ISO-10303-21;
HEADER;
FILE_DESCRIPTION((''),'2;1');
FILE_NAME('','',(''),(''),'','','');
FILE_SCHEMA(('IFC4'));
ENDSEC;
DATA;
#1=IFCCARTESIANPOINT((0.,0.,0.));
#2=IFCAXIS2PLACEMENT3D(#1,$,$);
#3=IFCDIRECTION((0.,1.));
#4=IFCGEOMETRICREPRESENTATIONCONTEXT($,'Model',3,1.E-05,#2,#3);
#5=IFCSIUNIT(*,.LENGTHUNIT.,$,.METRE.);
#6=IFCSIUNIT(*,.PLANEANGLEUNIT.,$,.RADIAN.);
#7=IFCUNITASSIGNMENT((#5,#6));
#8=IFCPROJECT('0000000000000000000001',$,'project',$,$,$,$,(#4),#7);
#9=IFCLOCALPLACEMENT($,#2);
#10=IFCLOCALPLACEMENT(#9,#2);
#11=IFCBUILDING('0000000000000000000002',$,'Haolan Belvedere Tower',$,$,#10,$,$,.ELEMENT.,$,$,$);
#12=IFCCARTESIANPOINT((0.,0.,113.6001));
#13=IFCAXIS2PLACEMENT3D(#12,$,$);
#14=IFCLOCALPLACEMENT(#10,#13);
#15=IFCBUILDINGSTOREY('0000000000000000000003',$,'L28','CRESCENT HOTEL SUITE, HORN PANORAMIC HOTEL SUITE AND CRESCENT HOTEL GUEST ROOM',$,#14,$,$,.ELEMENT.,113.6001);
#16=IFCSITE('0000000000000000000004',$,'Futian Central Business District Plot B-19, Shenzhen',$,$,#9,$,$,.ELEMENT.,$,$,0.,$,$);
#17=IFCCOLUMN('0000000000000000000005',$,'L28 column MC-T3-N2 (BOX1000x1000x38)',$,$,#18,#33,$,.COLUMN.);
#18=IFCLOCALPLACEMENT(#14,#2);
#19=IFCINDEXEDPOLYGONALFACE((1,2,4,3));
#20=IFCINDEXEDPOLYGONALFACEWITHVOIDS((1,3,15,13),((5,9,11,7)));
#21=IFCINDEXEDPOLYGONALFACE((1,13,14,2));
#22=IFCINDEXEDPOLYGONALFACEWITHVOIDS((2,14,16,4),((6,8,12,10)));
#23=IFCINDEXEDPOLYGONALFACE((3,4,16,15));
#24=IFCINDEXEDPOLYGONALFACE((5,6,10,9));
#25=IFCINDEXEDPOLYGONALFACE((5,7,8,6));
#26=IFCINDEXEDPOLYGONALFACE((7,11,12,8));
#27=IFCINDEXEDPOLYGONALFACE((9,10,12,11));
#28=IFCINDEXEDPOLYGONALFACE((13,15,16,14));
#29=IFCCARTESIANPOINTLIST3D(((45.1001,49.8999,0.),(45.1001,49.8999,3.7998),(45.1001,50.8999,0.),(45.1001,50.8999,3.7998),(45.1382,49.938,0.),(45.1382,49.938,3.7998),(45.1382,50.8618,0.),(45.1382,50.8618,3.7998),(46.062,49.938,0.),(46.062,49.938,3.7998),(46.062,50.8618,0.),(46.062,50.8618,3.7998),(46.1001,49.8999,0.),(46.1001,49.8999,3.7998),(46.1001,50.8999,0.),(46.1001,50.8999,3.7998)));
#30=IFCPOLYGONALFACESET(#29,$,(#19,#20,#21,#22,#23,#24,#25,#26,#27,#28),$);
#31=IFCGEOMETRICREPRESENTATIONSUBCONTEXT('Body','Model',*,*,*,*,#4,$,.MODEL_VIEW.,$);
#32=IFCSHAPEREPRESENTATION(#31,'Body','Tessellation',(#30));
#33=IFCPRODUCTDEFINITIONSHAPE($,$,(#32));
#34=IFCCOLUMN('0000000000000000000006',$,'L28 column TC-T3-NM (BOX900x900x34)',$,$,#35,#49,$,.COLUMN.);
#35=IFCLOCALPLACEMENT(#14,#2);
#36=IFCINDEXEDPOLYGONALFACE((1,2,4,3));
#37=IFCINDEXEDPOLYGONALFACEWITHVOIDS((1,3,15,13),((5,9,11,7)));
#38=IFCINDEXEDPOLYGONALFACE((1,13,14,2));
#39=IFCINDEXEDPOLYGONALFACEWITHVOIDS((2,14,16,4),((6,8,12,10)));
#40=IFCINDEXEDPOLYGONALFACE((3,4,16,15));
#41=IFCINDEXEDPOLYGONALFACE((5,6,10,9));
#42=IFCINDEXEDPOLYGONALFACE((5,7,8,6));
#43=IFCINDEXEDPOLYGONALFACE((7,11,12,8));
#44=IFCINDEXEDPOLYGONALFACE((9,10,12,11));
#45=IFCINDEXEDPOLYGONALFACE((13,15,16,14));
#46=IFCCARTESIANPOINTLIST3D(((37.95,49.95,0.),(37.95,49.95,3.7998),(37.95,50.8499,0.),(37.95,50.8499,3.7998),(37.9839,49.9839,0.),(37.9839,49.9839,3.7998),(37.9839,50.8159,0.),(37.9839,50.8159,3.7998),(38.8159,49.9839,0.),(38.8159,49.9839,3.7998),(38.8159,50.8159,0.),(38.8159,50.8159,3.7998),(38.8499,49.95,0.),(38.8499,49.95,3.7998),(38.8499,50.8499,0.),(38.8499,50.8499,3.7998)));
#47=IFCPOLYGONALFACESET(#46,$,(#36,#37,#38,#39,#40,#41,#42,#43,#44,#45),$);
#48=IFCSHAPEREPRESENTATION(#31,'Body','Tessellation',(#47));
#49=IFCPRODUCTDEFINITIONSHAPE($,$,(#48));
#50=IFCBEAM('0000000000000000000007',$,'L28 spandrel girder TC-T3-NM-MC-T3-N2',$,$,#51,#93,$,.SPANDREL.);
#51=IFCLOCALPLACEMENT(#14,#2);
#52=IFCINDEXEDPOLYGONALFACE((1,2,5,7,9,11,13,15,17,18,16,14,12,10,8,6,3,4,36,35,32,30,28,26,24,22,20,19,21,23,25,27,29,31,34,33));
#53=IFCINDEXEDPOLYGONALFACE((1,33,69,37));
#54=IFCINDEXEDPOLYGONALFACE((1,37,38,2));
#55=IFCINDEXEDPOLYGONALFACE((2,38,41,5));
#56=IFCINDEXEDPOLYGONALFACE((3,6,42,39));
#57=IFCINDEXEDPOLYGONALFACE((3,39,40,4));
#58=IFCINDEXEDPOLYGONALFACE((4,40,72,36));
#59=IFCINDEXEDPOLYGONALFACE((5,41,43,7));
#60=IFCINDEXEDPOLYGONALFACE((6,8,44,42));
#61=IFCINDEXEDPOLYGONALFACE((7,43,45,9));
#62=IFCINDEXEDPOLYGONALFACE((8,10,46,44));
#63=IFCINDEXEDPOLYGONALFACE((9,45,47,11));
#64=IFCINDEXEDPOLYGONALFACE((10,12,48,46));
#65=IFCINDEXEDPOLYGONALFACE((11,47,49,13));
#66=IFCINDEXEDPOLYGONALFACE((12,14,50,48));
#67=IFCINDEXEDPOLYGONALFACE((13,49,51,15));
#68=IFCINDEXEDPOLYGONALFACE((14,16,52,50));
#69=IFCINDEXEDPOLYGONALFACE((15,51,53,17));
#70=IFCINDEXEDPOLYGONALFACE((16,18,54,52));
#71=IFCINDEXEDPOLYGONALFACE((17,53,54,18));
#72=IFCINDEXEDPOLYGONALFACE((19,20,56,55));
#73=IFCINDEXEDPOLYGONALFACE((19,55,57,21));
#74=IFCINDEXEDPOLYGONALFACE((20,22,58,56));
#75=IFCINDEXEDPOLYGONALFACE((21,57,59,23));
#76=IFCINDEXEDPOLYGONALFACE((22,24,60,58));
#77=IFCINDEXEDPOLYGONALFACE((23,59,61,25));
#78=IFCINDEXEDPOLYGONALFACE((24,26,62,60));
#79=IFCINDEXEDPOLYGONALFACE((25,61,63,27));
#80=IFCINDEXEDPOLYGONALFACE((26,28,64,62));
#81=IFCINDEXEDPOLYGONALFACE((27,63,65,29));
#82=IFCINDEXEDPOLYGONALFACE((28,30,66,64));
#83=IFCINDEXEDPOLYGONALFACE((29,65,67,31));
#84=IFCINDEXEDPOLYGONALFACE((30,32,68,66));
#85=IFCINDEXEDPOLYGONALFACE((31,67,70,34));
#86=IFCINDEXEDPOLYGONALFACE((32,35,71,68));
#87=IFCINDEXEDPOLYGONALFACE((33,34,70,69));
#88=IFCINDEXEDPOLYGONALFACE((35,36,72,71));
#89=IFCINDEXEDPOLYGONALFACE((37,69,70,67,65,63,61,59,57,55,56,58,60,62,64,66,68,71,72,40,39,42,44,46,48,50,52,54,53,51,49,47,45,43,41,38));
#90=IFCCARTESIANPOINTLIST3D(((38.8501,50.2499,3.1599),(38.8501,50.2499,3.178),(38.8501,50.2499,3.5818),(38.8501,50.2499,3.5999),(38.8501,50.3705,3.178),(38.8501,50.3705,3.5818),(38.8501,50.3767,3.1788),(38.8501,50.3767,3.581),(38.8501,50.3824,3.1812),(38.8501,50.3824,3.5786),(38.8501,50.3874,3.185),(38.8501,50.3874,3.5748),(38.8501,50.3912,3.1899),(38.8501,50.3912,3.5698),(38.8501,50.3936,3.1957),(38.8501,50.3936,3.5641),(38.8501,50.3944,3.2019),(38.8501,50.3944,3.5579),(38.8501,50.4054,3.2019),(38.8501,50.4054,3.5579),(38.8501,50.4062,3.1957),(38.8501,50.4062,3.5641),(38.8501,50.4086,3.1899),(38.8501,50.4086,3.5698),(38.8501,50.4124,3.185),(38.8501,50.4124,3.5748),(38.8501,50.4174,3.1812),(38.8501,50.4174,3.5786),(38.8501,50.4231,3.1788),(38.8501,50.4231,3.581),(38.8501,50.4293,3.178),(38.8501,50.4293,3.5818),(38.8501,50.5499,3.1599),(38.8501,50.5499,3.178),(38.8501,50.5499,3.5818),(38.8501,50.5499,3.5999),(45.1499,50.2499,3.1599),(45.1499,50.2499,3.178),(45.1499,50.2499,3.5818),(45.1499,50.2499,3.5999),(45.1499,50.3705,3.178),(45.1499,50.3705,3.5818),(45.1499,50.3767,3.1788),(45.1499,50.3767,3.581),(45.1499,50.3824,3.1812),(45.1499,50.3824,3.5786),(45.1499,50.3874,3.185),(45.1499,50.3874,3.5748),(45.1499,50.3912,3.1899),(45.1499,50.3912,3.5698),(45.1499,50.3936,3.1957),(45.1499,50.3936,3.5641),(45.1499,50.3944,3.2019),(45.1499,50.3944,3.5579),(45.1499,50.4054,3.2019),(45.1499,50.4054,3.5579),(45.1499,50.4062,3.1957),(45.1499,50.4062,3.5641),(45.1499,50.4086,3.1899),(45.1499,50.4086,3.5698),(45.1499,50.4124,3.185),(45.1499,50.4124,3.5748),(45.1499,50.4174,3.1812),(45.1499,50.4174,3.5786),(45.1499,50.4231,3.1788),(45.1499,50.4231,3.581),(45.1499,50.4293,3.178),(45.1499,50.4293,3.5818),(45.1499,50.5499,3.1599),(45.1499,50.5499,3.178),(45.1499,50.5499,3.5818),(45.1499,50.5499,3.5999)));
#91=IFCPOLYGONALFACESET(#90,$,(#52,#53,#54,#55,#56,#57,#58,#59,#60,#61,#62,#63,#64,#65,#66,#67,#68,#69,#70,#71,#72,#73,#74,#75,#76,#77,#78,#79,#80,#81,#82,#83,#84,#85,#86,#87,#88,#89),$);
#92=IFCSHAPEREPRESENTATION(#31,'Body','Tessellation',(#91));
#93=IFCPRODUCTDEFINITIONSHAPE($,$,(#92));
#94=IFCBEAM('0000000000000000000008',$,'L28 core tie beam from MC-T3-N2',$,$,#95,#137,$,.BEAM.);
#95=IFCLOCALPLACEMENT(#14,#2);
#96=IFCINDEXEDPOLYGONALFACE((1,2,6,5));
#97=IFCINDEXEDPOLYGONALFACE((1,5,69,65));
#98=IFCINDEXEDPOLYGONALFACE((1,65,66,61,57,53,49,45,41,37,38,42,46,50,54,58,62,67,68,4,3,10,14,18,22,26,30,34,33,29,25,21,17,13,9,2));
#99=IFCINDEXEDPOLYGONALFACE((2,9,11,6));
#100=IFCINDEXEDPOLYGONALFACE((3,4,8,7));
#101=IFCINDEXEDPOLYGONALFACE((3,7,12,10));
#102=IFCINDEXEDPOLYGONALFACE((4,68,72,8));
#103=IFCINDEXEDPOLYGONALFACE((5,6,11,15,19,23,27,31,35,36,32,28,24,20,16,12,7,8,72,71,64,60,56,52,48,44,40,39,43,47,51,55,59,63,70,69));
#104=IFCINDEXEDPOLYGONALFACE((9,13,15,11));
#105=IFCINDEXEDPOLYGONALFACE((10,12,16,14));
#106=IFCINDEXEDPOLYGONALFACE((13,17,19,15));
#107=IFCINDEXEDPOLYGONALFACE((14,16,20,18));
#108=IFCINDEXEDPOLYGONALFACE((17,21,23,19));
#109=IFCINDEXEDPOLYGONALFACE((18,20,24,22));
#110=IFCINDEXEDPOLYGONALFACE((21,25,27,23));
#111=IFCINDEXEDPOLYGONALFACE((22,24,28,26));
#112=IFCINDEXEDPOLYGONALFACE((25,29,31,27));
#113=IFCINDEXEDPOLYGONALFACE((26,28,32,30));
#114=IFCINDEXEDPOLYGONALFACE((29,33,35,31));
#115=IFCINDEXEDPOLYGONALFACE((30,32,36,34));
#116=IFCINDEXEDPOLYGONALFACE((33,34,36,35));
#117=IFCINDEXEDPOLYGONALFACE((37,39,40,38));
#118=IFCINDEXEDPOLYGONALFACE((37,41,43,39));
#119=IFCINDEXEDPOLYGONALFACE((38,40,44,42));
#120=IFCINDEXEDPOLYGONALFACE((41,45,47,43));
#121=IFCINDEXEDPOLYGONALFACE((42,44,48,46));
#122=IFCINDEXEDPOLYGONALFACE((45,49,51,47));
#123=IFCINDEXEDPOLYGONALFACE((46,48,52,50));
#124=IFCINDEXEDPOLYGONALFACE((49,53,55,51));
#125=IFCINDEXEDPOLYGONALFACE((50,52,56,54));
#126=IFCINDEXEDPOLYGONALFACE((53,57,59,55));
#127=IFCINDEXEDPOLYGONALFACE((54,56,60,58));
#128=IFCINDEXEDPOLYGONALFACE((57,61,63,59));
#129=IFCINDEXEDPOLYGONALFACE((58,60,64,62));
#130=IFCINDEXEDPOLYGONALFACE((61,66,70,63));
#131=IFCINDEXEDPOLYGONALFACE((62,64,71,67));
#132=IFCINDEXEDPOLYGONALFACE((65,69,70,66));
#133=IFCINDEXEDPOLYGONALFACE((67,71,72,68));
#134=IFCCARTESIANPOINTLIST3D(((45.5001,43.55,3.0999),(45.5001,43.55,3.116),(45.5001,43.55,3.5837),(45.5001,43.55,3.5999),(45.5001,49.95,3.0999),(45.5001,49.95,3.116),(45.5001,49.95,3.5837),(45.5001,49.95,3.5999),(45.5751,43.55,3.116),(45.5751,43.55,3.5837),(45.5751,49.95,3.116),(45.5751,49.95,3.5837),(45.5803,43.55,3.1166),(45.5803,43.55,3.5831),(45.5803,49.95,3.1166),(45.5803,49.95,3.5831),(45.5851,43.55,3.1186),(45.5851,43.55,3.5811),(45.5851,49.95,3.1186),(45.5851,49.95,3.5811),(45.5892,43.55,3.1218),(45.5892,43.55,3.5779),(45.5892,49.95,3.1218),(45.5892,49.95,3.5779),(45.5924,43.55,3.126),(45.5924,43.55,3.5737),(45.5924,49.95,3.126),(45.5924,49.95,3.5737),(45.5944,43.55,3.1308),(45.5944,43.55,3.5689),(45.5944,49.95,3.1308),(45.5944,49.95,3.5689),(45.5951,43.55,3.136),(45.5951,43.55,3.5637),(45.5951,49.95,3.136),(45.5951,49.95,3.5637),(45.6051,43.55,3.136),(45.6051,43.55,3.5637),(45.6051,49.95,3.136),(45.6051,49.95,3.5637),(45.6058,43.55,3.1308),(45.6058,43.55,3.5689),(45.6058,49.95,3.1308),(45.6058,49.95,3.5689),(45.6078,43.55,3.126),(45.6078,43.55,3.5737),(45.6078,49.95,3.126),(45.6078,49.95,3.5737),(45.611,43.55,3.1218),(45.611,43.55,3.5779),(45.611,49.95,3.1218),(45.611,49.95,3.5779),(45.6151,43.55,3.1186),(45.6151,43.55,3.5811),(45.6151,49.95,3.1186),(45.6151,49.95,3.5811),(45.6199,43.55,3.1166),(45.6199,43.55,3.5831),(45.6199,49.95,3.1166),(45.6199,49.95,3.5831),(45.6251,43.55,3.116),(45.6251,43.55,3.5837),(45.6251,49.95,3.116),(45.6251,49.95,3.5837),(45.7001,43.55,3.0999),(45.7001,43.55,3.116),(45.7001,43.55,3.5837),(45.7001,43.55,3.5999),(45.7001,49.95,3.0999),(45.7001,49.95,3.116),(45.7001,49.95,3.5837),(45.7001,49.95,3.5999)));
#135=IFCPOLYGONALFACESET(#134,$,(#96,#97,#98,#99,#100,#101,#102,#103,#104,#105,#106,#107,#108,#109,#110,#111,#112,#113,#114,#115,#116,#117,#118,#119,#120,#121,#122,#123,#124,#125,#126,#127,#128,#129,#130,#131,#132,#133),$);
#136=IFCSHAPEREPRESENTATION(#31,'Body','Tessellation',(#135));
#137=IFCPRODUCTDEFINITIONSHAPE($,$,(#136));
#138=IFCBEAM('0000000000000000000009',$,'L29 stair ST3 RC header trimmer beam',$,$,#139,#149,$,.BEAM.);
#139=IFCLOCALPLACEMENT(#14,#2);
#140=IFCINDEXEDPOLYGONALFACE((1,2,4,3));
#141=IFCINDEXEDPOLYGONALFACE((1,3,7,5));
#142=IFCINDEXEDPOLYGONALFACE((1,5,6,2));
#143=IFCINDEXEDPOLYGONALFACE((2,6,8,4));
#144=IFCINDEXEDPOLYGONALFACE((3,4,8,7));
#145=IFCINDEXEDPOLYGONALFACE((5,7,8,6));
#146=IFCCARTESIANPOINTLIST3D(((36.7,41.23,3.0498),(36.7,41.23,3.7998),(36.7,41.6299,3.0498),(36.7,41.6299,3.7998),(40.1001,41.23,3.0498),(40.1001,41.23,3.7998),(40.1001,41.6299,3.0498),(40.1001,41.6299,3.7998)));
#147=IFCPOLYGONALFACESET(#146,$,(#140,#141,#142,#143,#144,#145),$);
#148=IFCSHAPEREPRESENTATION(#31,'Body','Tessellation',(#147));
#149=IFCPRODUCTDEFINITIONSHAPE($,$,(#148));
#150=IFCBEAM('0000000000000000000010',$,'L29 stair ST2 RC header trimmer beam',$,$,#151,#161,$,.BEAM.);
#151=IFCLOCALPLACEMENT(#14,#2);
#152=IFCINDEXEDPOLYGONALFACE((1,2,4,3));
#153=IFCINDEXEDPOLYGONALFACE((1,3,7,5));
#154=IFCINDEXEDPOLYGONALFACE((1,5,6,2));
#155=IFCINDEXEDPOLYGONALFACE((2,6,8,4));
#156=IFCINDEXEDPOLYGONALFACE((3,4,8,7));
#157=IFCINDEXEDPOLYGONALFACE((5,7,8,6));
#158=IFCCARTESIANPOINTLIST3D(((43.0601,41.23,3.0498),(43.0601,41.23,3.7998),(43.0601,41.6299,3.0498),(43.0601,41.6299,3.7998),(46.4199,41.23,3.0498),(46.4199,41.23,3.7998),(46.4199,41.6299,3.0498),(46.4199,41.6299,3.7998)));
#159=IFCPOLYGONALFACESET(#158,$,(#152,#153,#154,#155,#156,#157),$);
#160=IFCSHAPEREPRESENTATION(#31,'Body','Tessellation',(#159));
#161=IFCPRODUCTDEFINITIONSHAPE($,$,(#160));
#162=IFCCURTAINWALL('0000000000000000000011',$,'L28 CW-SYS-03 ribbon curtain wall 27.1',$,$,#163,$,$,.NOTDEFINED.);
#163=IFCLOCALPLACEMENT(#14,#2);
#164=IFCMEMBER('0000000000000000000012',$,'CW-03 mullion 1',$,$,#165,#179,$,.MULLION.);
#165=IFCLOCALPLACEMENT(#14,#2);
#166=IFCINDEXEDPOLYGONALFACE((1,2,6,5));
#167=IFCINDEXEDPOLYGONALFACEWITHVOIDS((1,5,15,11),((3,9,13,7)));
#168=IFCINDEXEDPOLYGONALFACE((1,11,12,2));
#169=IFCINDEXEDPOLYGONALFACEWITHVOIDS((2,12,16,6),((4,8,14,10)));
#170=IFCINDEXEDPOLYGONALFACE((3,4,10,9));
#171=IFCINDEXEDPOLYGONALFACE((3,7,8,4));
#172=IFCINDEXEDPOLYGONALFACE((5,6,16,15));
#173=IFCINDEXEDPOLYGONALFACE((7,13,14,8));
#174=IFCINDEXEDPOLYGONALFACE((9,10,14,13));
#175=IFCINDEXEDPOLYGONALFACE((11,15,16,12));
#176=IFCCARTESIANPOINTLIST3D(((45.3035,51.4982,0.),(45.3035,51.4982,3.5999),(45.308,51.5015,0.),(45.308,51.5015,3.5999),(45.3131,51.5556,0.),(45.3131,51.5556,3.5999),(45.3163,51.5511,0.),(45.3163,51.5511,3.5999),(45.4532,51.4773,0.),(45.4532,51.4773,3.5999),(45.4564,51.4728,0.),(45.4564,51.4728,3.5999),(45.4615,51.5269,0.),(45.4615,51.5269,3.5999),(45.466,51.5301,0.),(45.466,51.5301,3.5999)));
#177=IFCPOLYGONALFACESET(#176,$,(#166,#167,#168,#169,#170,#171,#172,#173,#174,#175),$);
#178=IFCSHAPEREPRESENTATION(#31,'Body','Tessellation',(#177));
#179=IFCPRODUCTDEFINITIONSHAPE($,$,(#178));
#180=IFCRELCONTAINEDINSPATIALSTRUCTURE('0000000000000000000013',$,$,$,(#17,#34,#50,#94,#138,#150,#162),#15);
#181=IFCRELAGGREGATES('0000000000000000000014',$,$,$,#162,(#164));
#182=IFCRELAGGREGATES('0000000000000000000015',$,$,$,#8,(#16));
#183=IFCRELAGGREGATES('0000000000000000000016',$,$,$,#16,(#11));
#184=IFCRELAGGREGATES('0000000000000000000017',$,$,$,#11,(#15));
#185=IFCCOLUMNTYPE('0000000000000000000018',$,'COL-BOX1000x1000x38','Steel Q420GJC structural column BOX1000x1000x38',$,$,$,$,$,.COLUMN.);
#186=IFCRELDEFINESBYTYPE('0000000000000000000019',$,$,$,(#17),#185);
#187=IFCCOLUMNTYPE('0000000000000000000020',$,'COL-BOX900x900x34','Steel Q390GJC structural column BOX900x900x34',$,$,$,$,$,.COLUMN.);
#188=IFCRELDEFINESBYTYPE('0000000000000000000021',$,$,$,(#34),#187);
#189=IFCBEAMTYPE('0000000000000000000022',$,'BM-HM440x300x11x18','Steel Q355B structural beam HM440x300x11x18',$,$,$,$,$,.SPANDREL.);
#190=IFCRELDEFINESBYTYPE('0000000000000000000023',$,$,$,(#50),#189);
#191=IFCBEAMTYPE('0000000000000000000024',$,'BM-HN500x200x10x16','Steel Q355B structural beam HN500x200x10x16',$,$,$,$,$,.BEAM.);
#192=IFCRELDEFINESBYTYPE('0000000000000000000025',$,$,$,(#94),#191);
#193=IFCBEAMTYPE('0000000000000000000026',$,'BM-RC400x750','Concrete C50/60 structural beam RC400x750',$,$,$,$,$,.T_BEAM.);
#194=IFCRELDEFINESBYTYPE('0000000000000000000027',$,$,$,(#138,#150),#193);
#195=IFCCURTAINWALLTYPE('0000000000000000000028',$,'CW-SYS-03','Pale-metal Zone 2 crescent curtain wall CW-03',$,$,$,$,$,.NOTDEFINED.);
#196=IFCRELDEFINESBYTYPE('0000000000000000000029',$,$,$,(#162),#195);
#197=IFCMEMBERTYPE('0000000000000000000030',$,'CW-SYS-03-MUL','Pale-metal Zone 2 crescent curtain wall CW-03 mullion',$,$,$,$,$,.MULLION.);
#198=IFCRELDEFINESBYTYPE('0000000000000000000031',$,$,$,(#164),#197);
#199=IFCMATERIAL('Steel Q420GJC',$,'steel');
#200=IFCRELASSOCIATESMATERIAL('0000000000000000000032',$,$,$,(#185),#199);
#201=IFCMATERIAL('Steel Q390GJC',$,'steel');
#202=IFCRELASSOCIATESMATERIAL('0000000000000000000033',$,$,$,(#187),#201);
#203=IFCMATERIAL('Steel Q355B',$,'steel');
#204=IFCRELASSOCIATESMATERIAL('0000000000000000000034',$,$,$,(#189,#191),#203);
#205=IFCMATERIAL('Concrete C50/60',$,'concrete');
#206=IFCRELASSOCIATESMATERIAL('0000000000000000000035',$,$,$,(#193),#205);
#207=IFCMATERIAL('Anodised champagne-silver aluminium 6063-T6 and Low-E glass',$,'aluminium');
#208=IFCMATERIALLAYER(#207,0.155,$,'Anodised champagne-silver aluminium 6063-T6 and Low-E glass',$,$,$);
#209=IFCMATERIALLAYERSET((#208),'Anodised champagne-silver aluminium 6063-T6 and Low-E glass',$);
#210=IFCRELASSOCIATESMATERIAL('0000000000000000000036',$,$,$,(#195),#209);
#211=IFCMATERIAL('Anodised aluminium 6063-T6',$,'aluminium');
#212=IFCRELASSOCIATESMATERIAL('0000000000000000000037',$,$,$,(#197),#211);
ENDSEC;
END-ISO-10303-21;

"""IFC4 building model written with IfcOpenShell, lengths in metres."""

from ifc_helpers import new_model, si_unit, direction, frame, origin, origin_2d, place, context, subcontext, project, spatial, rectangle, hollow_rectangle, i_section, extrude, material, layer, layer_set, material_profile, profile_set, type_object, element, aggregate, save


model = new_model("IFC4")

# Units and contexts
model_context = context("Model", 3, precision=1e-05, world=origin(), true_north=direction((0.0, 1.0)))
body_context = subcontext(model_context, "Body", "Model", "MODEL_VIEW")
ifc_project = project(units=[si_unit("LENGTHUNIT", "METRE"), si_unit("PLANEANGLEUNIT", "RADIAN")], contexts=[model_context])

# Site, building, storey
site_placement = place(None, origin())
site = spatial("IfcSite", under=ifc_project, at=site_placement, Name="Futian Central Business District Plot B-19, Shenzhen", CompositionType="ELEMENT", RefElevation=0.0)
building_placement = place(site_placement, origin())
building = spatial("IfcBuilding", under=site, at=building_placement, Name="Haolan Belvedere Tower", CompositionType="ELEMENT")
storey_placement = place(building_placement, frame((0.0, 0.0, 113.6001)))
storey = spatial("IfcBuildingStorey", under=building, at=storey_placement, Name="L28", Description="CRESCENT HOTEL SUITE, HORN PANORAMIC HOTEL SUITE AND CRESCENT HOTEL GUEST ROOM", CompositionType="ELEMENT", Elevation=113.6001)

# Columns
ifc_material_1 = material(Name="Steel Q420GJC", Category="steel")
ifc_material_profile_1 = material_profile(ifc_material_1, hollow_rectangle(XDim=1.0, YDim=1.0, WallThickness=0.0381, at=origin_2d()), Name="Steel Q420GJC")
ifc_profile_set_1 = profile_set([ifc_material_profile_1], Name="Steel Q420GJC")
column_type_1 = type_object("IfcColumnType", Name="COL-BOX1000x1000x38", Description="Steel Q420GJC structural column BOX1000x1000x38", PredefinedType="COLUMN", material=ifc_profile_set_1)
column_1_placement = place(storey_placement, frame((45.6001, 50.3999, 0.0), z_axis=(0.0, 0.0, 1.0), x_axis=(1.0, 0.0, 0.0)))
element("IfcColumn", 1, at=column_1_placement, inside=storey, type_object=column_type_1, Name="L28 column MC-T3-N2 (BOX1000x1000x38)", PredefinedType="COLUMN", context=body_context, shape_type="SweptSolid", body=[
    extrude(hollow_rectangle(XDim=1.0, YDim=1.0, WallThickness=0.0381, at=origin_2d()), origin(), (0.0, 0.0, 1.0), 3.7998),
])
ifc_material_2 = material(Name="Steel Q390GJC", Category="steel")
ifc_material_profile_2 = material_profile(ifc_material_2, hollow_rectangle(XDim=0.8999, YDim=0.8999, WallThickness=0.0339, at=origin_2d()), Name="Steel Q390GJC")
ifc_profile_set_2 = profile_set([ifc_material_profile_2], Name="Steel Q390GJC")
column_type_2 = type_object("IfcColumnType", Name="COL-BOX900x900x34", Description="Steel Q390GJC structural column BOX900x900x34", PredefinedType="COLUMN", material=ifc_profile_set_2)
column_2_placement = place(storey_placement, frame((38.3999, 50.3999, 0.0), z_axis=(0.0, 0.0, 1.0), x_axis=(1.0, 0.0, 0.0)))
element("IfcColumn", 2, at=column_2_placement, inside=storey, type_object=column_type_2, Name="L28 column TC-T3-NM (BOX900x900x34)", PredefinedType="COLUMN", context=body_context, shape_type="SweptSolid", body=[
    extrude(hollow_rectangle(XDim=0.8999, YDim=0.8999, WallThickness=0.0339, at=origin_2d()), origin(), (0.0, 0.0, 1.0), 3.7998),
])

# Beams
ifc_material_3 = material(Name="Steel Q355B", Category="steel")
ifc_material_profile_3 = material_profile(ifc_material_3, i_section(OverallWidth=0.3, OverallDepth=0.4399, WebThickness=0.011, FlangeThickness=0.0181, FilletRadius=0.0239, at=origin_2d()), Name="Steel Q355B")
ifc_profile_set_3 = profile_set([ifc_material_profile_3], Name="Steel Q355B")
beam_type_1 = type_object("IfcBeamType", Name="BM-HM440x300x11x18", Description="Steel Q355B structural beam HM440x300x11x18", PredefinedType="SPANDREL", material=ifc_profile_set_3)
beam_1_placement = place(storey_placement, frame((38.8501, 50.3999, 3.3799), z_axis=(1.0, 0.0, 0.0), x_axis=(0.0, 1.0, 0.0)))
element("IfcBeam", 3, at=beam_1_placement, inside=storey, type_object=beam_type_1, Name="L28 spandrel girder TC-T3-NM-MC-T3-N2", PredefinedType="SPANDREL", context=body_context, shape_type="SweptSolid", body=[
    extrude(i_section(OverallWidth=0.3, OverallDepth=0.4399, WebThickness=0.011, FlangeThickness=0.0181, FilletRadius=0.0239, at=origin_2d()), origin(), (0.0, 0.0, 1.0), 6.2998),
])
ifc_material_profile_4 = material_profile(ifc_material_3, i_section(OverallWidth=0.2, OverallDepth=0.5, WebThickness=0.01, FlangeThickness=0.0161, FilletRadius=0.02, at=origin_2d()), Name="Steel Q355B")
ifc_profile_set_4 = profile_set([ifc_material_profile_4], Name="Steel Q355B")
beam_type_2 = type_object("IfcBeamType", Name="BM-HN500x200x10x16", Description="Steel Q355B structural beam HN500x200x10x16", PredefinedType="BEAM", material=ifc_profile_set_4)
beam_2_placement = place(storey_placement, frame((45.6001, 49.95, 3.3499), z_axis=(0.0, -1.0, 0.0), x_axis=(1.0, 0.0, 0.0)))
element("IfcBeam", 4, at=beam_2_placement, inside=storey, type_object=beam_type_2, Name="L28 core tie beam from MC-T3-N2", PredefinedType="BEAM", context=body_context, shape_type="SweptSolid", body=[
    extrude(i_section(OverallWidth=0.2, OverallDepth=0.5, WebThickness=0.01, FlangeThickness=0.0161, FilletRadius=0.02, at=origin_2d()), origin(), (0.0, 0.0, 1.0), 6.3999),
])
ifc_material_4 = material(Name="Concrete C50/60", Category="concrete")
ifc_material_profile_5 = material_profile(ifc_material_4, rectangle(XDim=0.3999, YDim=0.75, at=origin_2d()), Name="Concrete C50/60")
ifc_profile_set_5 = profile_set([ifc_material_profile_5], Name="Concrete C50/60")
beam_type_3 = type_object("IfcBeamType", Name="BM-RC400x750", Description="Concrete C50/60 structural beam RC400x750", PredefinedType="T_BEAM", material=ifc_profile_set_5)
beam_3_placement = place(storey_placement, frame((36.7, 41.4299, 3.4248), z_axis=(1.0, 0.0, 0.0), x_axis=(0.0, 1.0, 0.0)))
element("IfcBeam", 5, at=beam_3_placement, inside=storey, type_object=beam_type_3, Name="L29 stair ST3 RC header trimmer beam", PredefinedType="BEAM", context=body_context, shape_type="SweptSolid", body=[
    extrude(rectangle(XDim=0.3999, YDim=0.75, at=origin_2d()), origin(), (0.0, 0.0, 1.0), 3.4001),
])
beam_4_placement = place(storey_placement, frame((43.0601, 41.4299, 3.4248), z_axis=(1.0, 0.0, 0.0), x_axis=(0.0, 1.0, 0.0)))
element("IfcBeam", 6, at=beam_4_placement, inside=storey, type_object=beam_type_3, Name="L29 stair ST2 RC header trimmer beam", PredefinedType="BEAM", context=body_context, shape_type="SweptSolid", body=[
    extrude(rectangle(XDim=0.3999, YDim=0.75, at=origin_2d()), origin(), (0.0, 0.0, 1.0), 3.3599),
])

# Curtain wall, member
ifc_material_5 = material(Name="Anodised champagne-silver aluminium 6063-T6 and Low-E glass", Category="aluminium")
ifc_layer_1 = layer(ifc_material_5, 0.155, Name="Anodised champagne-silver aluminium 6063-T6 and Low-E glass")
ifc_layer_set_1 = layer_set([ifc_layer_1], Name="Anodised champagne-silver aluminium 6063-T6 and Low-E glass")
curtain_wall_type = type_object("IfcCurtainWallType", Name="CW-SYS-03", Description="Pale-metal Zone 2 crescent curtain wall CW-03", PredefinedType="NOTDEFINED", material=ifc_layer_set_1)
curtain_wall_placement = place(storey_placement, origin())
curtain_wall = element("IfcCurtainWall", 7, at=curtain_wall_placement, inside=storey, type_object=curtain_wall_type, Name="L28 CW-SYS-03 ribbon curtain wall 27.1", PredefinedType="NOTDEFINED")
ifc_material_6 = material(Name="Anodised aluminium 6063-T6", Category="aluminium")
ifc_material_profile_6 = material_profile(ifc_material_6, hollow_rectangle(XDim=0.0581, YDim=0.155, WallThickness=0.0039, at=origin_2d()), Name="Anodised aluminium 6063-T6")
ifc_profile_set_6 = profile_set([ifc_material_profile_6], Name="Anodised aluminium 6063-T6")
member_type_1 = type_object("IfcMemberType", Name="CW-SYS-03-MUL", Description="Pale-metal Zone 2 crescent curtain wall CW-03 mullion", PredefinedType="MULLION", material=ifc_profile_set_6)
member_1_placement = place(storey_placement, frame((45.3848, 51.5142, 0.0), z_axis=(0.0, 0.0, 1.0), x_axis=(-0.164404, -0.986393, 0.0)))
member_1 = element("IfcMember", 8, at=member_1_placement, type_object=member_type_1, Name="CW-03 mullion 1", PredefinedType="MULLION", context=body_context, shape_type="SweptSolid", body=[
    extrude(hollow_rectangle(XDim=0.0581, YDim=0.155, WallThickness=0.0039, at=origin_2d()), origin(), (0.0, 0.0, 1.0), 3.5999),
])
aggregate(curtain_wall, [member_1])

save(model, "model.ifc")
